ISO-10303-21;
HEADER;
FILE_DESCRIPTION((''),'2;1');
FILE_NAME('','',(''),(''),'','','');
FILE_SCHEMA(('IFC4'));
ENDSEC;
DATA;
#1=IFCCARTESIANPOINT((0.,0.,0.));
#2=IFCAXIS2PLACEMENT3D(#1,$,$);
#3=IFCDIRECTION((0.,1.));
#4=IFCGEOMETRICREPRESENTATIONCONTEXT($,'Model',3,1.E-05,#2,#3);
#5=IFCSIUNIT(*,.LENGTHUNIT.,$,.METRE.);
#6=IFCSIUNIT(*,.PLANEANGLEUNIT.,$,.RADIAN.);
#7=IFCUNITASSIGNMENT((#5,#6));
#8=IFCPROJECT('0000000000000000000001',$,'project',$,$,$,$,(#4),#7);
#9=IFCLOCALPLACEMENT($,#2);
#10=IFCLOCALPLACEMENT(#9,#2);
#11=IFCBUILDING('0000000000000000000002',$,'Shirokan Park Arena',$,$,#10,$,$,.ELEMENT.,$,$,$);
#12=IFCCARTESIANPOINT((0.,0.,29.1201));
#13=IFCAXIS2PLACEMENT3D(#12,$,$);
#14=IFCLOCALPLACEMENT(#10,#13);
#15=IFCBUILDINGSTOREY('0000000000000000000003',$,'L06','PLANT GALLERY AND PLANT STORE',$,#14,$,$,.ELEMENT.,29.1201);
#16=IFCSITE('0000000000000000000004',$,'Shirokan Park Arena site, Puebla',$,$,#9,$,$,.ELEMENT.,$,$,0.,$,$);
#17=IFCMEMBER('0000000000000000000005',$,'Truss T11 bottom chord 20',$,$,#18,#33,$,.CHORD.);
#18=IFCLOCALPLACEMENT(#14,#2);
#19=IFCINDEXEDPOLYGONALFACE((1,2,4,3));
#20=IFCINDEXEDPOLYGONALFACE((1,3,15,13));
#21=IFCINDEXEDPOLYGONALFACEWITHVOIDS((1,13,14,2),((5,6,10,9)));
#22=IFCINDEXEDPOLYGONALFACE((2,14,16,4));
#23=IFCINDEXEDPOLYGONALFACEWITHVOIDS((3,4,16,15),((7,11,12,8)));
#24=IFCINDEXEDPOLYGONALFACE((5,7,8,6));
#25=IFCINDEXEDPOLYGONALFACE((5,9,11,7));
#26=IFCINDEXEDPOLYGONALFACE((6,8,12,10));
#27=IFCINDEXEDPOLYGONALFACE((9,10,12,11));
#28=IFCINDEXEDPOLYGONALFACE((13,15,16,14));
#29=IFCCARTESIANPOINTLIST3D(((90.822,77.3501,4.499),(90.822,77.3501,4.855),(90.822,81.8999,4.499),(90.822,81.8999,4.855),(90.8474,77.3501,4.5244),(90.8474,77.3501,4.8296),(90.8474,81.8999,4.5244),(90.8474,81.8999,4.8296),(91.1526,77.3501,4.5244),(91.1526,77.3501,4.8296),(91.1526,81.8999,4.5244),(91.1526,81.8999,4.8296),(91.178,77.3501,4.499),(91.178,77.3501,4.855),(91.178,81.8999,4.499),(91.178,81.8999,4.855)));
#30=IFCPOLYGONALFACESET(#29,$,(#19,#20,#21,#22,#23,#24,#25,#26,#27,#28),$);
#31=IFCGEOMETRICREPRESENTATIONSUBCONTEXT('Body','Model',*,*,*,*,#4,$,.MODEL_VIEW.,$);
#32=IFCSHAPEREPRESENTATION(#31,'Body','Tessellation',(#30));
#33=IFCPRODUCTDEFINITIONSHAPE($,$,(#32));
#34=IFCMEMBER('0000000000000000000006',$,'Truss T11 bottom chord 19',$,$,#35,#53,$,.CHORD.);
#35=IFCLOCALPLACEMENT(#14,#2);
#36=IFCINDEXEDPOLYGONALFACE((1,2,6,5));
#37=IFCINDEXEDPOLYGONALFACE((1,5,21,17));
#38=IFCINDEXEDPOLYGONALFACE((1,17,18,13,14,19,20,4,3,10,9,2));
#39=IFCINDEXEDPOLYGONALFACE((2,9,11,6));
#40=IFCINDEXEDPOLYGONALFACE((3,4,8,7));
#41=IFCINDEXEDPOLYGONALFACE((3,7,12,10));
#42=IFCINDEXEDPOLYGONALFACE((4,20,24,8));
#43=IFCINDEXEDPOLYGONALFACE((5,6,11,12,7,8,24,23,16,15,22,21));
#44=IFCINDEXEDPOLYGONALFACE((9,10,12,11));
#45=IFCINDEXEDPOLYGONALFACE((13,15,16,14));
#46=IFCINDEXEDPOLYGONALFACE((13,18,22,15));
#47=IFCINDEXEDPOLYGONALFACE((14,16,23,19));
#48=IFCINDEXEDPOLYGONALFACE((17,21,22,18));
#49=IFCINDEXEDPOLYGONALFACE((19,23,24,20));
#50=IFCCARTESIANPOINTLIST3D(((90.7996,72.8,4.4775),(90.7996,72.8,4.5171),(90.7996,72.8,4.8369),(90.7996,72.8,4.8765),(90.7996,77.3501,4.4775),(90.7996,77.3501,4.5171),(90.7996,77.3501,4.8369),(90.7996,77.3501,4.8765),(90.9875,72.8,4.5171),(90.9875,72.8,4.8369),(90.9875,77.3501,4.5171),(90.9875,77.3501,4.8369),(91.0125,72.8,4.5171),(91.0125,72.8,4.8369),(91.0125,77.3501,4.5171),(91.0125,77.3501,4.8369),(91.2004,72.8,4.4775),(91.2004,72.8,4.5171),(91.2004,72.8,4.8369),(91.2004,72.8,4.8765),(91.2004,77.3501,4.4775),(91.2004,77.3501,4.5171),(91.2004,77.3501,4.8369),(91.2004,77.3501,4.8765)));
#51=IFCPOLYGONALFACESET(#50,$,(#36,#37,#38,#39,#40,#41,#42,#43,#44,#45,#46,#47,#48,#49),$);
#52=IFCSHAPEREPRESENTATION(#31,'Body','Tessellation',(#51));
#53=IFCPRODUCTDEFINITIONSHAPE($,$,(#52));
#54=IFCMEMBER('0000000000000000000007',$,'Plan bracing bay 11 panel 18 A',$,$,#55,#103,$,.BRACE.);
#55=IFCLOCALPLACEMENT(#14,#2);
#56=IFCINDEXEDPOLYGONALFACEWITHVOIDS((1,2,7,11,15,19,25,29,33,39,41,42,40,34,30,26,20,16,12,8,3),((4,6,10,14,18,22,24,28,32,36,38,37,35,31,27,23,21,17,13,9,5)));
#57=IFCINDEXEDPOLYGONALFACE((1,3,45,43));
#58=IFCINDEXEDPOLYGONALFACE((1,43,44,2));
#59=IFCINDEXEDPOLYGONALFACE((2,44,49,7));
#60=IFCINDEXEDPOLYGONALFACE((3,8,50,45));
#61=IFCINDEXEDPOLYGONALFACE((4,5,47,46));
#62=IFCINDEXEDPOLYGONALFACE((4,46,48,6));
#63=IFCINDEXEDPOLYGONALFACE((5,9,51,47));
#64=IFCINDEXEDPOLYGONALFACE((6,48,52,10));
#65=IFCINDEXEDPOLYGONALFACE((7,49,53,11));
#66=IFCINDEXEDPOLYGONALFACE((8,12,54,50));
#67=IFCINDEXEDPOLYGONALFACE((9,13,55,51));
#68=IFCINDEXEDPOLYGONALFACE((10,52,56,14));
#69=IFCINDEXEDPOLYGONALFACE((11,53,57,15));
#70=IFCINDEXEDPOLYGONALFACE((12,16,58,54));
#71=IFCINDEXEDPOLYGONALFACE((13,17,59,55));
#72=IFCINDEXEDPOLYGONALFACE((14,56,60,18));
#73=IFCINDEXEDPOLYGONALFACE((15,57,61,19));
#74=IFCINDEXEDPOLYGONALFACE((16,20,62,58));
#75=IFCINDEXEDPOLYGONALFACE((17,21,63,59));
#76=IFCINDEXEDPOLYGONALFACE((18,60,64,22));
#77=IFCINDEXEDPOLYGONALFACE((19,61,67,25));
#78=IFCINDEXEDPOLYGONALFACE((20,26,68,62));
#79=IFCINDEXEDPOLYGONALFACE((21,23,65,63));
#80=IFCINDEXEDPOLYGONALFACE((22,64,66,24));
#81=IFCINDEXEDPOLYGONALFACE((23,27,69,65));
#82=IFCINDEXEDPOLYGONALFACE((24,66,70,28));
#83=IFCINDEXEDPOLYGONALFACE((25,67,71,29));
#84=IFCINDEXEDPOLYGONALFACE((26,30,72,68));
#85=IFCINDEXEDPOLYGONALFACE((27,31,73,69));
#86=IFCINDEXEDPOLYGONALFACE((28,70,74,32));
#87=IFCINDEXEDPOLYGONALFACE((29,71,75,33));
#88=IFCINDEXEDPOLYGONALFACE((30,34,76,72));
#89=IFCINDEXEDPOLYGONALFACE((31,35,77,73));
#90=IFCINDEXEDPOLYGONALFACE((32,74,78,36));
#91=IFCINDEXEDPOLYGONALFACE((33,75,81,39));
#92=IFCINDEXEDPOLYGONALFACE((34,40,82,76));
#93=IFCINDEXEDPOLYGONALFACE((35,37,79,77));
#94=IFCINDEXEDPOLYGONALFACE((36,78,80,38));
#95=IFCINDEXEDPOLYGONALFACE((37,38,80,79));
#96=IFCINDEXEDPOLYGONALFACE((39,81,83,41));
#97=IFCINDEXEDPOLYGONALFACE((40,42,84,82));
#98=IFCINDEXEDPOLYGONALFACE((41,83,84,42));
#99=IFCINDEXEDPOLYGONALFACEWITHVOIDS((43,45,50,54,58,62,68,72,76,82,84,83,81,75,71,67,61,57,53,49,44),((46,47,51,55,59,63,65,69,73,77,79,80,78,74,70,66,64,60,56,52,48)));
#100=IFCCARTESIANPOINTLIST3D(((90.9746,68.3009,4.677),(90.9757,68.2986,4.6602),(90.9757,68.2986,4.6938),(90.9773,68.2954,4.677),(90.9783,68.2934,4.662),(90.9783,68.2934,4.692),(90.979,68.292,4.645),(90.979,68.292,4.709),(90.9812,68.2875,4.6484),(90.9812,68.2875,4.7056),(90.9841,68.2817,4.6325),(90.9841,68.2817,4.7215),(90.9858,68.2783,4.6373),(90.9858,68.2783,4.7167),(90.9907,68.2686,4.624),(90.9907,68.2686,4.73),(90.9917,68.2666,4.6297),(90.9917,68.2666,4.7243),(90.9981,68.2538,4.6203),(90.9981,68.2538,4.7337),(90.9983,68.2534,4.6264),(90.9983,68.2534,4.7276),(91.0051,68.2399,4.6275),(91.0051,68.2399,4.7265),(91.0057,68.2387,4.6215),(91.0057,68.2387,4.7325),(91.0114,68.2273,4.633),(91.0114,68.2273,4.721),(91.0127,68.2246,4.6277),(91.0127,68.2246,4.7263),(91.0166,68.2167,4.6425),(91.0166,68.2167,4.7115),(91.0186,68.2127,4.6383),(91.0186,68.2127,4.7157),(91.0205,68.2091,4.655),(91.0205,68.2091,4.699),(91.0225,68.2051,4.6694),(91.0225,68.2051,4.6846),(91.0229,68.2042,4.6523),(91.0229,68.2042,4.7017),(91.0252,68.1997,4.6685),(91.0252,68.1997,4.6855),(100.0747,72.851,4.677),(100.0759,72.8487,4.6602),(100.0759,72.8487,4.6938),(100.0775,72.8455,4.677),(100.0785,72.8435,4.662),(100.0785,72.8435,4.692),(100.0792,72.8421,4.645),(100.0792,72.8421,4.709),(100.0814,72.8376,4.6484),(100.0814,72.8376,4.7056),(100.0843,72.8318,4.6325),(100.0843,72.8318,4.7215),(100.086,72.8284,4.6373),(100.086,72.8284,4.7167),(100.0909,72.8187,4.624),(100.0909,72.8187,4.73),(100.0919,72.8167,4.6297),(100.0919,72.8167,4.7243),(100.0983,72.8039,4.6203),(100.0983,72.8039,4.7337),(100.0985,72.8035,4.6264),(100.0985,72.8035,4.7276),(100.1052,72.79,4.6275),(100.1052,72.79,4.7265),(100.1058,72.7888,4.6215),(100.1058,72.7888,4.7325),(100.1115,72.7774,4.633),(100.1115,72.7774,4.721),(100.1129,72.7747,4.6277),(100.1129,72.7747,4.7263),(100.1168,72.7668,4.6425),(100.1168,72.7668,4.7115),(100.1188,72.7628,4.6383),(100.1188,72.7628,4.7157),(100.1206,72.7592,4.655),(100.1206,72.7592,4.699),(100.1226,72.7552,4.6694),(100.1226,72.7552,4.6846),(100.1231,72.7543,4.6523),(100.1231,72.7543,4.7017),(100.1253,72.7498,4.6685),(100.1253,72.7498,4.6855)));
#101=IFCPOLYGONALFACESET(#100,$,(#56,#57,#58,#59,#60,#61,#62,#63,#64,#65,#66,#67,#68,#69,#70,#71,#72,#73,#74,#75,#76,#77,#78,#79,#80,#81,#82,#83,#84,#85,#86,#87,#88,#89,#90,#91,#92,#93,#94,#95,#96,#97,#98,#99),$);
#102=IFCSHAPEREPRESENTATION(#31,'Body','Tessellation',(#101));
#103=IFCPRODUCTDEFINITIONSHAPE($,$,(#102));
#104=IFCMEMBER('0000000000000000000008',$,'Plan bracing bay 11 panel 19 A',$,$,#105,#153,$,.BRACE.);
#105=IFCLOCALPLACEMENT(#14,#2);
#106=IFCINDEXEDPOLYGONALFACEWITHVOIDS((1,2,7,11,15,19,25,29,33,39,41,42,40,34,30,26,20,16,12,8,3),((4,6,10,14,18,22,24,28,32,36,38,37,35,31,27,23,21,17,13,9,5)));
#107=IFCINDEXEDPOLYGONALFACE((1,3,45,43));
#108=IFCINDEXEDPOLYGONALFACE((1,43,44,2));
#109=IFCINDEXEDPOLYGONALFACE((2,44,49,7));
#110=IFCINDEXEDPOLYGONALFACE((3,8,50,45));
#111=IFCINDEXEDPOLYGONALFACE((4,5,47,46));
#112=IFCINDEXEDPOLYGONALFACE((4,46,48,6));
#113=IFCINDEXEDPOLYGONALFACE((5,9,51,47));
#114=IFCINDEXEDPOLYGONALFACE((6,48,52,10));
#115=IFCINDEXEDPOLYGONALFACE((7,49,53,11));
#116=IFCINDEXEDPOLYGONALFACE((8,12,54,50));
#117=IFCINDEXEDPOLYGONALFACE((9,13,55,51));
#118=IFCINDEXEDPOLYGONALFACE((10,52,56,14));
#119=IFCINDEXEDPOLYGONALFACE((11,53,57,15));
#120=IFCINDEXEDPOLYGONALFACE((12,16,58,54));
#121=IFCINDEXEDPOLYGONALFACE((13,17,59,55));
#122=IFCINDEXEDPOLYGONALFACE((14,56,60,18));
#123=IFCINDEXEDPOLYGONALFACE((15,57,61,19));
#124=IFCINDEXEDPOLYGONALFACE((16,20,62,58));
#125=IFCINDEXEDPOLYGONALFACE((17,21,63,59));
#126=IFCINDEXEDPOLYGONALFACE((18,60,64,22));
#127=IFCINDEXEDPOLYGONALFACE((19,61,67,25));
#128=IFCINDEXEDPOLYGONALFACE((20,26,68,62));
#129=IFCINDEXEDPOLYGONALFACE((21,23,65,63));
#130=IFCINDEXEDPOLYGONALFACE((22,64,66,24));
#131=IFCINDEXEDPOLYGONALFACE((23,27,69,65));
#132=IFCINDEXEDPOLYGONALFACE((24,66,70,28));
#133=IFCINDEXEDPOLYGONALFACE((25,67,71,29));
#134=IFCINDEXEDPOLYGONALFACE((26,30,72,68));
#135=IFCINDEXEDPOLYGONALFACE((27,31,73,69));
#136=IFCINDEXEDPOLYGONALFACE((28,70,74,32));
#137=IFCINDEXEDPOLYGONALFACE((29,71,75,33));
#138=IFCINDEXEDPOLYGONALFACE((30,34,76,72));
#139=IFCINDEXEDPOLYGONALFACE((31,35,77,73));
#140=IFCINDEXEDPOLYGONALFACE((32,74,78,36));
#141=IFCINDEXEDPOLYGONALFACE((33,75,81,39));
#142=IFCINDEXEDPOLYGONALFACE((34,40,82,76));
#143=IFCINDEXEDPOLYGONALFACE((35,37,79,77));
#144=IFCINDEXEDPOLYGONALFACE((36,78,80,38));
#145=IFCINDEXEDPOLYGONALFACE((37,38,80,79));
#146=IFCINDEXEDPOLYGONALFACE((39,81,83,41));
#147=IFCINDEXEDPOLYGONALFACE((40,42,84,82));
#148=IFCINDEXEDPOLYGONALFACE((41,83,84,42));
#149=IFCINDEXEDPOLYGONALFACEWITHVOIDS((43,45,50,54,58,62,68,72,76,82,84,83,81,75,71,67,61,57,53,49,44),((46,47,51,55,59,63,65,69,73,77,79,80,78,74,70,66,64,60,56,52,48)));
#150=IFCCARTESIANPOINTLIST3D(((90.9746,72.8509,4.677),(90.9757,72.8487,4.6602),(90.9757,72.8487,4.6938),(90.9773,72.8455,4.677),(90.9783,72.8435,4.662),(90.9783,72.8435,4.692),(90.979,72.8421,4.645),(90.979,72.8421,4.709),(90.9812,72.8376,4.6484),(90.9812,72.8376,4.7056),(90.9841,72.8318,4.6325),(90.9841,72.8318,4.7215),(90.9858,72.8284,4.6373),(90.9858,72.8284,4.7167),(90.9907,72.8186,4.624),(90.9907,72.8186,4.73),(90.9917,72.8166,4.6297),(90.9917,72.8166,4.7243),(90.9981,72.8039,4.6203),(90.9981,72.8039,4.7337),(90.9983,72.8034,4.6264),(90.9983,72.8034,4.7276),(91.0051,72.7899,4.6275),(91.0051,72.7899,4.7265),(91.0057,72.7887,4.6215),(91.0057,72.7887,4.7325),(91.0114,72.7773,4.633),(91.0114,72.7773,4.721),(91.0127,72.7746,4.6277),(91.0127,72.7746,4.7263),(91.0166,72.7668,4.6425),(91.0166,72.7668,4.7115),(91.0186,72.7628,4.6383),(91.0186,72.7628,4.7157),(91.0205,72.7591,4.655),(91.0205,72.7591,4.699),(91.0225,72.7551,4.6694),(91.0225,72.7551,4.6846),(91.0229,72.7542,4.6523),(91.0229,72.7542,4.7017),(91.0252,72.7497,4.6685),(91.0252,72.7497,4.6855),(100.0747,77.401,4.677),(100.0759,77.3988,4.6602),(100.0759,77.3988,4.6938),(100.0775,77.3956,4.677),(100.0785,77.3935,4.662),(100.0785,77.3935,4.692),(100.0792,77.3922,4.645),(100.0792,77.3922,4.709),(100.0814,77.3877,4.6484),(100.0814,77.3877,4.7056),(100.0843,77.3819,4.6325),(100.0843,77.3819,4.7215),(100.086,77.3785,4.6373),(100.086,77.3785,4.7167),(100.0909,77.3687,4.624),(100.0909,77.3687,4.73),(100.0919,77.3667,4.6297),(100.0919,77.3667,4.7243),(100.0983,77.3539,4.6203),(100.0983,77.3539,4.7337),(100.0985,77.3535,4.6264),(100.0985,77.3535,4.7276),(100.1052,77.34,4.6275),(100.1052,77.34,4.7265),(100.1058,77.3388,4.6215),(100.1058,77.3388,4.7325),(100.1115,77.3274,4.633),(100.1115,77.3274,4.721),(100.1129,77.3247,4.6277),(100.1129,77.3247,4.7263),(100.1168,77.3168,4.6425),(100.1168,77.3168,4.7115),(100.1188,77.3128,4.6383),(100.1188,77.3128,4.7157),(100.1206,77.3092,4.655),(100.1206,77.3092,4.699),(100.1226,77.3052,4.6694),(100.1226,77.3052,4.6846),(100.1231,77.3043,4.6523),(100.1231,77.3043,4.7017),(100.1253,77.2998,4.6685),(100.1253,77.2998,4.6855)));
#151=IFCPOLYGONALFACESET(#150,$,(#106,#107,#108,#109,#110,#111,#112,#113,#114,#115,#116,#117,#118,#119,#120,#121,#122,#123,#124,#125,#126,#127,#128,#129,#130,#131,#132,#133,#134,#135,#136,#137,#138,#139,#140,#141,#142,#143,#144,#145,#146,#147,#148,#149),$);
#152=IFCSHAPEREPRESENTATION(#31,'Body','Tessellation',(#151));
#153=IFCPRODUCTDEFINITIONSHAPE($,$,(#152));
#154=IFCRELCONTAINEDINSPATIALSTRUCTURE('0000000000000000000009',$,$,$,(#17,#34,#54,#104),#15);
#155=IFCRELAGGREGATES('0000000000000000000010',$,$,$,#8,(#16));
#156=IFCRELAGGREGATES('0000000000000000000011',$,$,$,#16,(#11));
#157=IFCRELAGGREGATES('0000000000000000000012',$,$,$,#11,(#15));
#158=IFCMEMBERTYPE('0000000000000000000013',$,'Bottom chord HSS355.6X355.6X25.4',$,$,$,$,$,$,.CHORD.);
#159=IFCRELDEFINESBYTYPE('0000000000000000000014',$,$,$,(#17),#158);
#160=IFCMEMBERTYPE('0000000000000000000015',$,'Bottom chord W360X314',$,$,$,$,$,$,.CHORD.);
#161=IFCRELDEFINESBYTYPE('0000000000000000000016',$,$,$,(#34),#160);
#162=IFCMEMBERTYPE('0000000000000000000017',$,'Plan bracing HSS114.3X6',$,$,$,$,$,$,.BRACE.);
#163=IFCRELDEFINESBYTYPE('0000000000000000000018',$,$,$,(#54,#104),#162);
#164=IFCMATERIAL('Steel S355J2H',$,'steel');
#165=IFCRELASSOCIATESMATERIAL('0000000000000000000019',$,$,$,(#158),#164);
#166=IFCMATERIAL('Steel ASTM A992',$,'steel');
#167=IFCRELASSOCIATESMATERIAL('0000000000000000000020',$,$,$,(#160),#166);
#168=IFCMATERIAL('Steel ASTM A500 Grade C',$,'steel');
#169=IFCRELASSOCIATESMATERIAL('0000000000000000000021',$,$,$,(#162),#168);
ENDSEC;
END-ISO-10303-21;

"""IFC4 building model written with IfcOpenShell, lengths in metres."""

from ifc_helpers import new_model, si_unit, direction, frame, origin, origin_2d, place, context, subcontext, project, spatial, hollow_rectangle, hollow_circle, i_section, extrude, material, material_profile, profile_set, type_object, element, save


model = new_model("IFC4")

# Units and contexts
model_context = context("Model", 3, precision=1e-05, world=origin(), true_north=direction((0.0, 1.0)))
body_context = subcontext(model_context, "Body", "Model", "MODEL_VIEW")
ifc_project = project(units=[si_unit("LENGTHUNIT", "METRE"), si_unit("PLANEANGLEUNIT", "RADIAN")], contexts=[model_context])

# Site, building, storey
site_placement = place(None, origin())
site = spatial("IfcSite", under=ifc_project, at=site_placement, Name="Shirokan Park Arena site, Puebla", CompositionType="ELEMENT", RefElevation=0.0)
building_placement = place(site_placement, origin())
building = spatial("IfcBuilding", under=site, at=building_placement, Name="Shirokan Park Arena", CompositionType="ELEMENT")
storey_placement = place(building_placement, frame((0.0, 0.0, 29.1201)))
storey = spatial("IfcBuildingStorey", under=building, at=storey_placement, Name="L06", Description="PLANT GALLERY AND PLANT STORE", CompositionType="ELEMENT", Elevation=29.1201)

# Members
ifc_material_1 = material(Name="Steel S355J2H", Category="steel")
ifc_material_profile_1 = material_profile(ifc_material_1, hollow_rectangle(XDim=0.356, YDim=0.356, WallThickness=0.0254, at=origin_2d()), Name="HSS355.6X355.6X25.4")
ifc_profile_set_1 = profile_set([ifc_material_profile_1], Name="Steel S355J2H")
member_type_1 = type_object("IfcMemberType", Name="Bottom chord HSS355.6X355.6X25.4", PredefinedType="CHORD", material=ifc_profile_set_1)
member_1_placement = place(storey_placement, frame((91.0, 77.3501, 4.677), z_axis=(0.0, 1.0, 0.0), x_axis=(-1.0, 0.0, 0.0)))
element("IfcMember", 1, at=member_1_placement, inside=storey, type_object=member_type_1, Name="Truss T11 bottom chord 20", PredefinedType="CHORD", context=body_context, shape_type="SweptSolid", body=[
    extrude(hollow_rectangle(XDim=0.356, YDim=0.356, WallThickness=0.0254, at=origin_2d()), origin(), (0.0, 0.0, 1.0), 4.5498),
])
ifc_material_2 = material(Name="Steel ASTM A992", Category="steel")
ifc_material_profile_2 = material_profile(ifc_material_2, i_section(OverallWidth=0.4009, OverallDepth=0.3989, WebThickness=0.0249, FlangeThickness=0.0396, at=origin_2d()), Name="W360X314")
ifc_profile_set_2 = profile_set([ifc_material_profile_2], Name="Steel ASTM A992")
member_type_2 = type_object("IfcMemberType", Name="Bottom chord W360X314", PredefinedType="CHORD", material=ifc_profile_set_2)
member_2_placement = place(storey_placement, frame((91.0, 72.8, 4.677), z_axis=(0.0, 1.0, 0.0), x_axis=(-1.0, 0.0, 0.0)))
element("IfcMember", 2, at=member_2_placement, inside=storey, type_object=member_type_2, Name="Truss T11 bottom chord 19", PredefinedType="CHORD", context=body_context, shape_type="SweptSolid", body=[
    extrude(i_section(OverallWidth=0.4009, OverallDepth=0.3989, WebThickness=0.0249, FlangeThickness=0.0396, at=origin_2d()), origin(), (0.0, 0.0, 1.0), 4.55),
])
ifc_material_3 = material(Name="Steel ASTM A500 Grade C", Category="steel")
ifc_material_profile_3 = material_profile(ifc_material_3, hollow_circle(Radius=0.0569, WallThickness=0.0061, at=origin_2d()), Name="HSS114.3X6")
ifc_profile_set_3 = profile_set([ifc_material_profile_3], Name="Steel ASTM A500 Grade C")
member_type_3 = type_object("IfcMemberType", Name="Plan bracing HSS114.3X6", PredefinedType="BRACE", material=ifc_profile_set_3)
for number, where, z_axis, x_axis, name in (
    (3, (91.0, 68.25, 4.677), (0.894427, 0.447214, 0.0), (-0.447214, 0.894427, 0.0), "Plan bracing bay 11 panel 18 A"),
    (4, (91.0, 72.8, 4.677), (0.894427, 0.447214, 0.0), (-0.447214, 0.894427, 0.0), "Plan bracing bay 11 panel 19 A"),
):
    element("IfcMember", number, at=place(storey_placement, frame(where, z_axis=z_axis, x_axis=x_axis)), inside=storey, type_object=member_type_3, Name=name, PredefinedType="BRACE", context=body_context, shape_type="SweptSolid", body=[
        extrude(hollow_circle(Radius=0.0569, WallThickness=0.0061, at=origin_2d()), origin(), (0.0, 0.0, 1.0), 10.1743),
    ])

save(model, "model.ifc")
